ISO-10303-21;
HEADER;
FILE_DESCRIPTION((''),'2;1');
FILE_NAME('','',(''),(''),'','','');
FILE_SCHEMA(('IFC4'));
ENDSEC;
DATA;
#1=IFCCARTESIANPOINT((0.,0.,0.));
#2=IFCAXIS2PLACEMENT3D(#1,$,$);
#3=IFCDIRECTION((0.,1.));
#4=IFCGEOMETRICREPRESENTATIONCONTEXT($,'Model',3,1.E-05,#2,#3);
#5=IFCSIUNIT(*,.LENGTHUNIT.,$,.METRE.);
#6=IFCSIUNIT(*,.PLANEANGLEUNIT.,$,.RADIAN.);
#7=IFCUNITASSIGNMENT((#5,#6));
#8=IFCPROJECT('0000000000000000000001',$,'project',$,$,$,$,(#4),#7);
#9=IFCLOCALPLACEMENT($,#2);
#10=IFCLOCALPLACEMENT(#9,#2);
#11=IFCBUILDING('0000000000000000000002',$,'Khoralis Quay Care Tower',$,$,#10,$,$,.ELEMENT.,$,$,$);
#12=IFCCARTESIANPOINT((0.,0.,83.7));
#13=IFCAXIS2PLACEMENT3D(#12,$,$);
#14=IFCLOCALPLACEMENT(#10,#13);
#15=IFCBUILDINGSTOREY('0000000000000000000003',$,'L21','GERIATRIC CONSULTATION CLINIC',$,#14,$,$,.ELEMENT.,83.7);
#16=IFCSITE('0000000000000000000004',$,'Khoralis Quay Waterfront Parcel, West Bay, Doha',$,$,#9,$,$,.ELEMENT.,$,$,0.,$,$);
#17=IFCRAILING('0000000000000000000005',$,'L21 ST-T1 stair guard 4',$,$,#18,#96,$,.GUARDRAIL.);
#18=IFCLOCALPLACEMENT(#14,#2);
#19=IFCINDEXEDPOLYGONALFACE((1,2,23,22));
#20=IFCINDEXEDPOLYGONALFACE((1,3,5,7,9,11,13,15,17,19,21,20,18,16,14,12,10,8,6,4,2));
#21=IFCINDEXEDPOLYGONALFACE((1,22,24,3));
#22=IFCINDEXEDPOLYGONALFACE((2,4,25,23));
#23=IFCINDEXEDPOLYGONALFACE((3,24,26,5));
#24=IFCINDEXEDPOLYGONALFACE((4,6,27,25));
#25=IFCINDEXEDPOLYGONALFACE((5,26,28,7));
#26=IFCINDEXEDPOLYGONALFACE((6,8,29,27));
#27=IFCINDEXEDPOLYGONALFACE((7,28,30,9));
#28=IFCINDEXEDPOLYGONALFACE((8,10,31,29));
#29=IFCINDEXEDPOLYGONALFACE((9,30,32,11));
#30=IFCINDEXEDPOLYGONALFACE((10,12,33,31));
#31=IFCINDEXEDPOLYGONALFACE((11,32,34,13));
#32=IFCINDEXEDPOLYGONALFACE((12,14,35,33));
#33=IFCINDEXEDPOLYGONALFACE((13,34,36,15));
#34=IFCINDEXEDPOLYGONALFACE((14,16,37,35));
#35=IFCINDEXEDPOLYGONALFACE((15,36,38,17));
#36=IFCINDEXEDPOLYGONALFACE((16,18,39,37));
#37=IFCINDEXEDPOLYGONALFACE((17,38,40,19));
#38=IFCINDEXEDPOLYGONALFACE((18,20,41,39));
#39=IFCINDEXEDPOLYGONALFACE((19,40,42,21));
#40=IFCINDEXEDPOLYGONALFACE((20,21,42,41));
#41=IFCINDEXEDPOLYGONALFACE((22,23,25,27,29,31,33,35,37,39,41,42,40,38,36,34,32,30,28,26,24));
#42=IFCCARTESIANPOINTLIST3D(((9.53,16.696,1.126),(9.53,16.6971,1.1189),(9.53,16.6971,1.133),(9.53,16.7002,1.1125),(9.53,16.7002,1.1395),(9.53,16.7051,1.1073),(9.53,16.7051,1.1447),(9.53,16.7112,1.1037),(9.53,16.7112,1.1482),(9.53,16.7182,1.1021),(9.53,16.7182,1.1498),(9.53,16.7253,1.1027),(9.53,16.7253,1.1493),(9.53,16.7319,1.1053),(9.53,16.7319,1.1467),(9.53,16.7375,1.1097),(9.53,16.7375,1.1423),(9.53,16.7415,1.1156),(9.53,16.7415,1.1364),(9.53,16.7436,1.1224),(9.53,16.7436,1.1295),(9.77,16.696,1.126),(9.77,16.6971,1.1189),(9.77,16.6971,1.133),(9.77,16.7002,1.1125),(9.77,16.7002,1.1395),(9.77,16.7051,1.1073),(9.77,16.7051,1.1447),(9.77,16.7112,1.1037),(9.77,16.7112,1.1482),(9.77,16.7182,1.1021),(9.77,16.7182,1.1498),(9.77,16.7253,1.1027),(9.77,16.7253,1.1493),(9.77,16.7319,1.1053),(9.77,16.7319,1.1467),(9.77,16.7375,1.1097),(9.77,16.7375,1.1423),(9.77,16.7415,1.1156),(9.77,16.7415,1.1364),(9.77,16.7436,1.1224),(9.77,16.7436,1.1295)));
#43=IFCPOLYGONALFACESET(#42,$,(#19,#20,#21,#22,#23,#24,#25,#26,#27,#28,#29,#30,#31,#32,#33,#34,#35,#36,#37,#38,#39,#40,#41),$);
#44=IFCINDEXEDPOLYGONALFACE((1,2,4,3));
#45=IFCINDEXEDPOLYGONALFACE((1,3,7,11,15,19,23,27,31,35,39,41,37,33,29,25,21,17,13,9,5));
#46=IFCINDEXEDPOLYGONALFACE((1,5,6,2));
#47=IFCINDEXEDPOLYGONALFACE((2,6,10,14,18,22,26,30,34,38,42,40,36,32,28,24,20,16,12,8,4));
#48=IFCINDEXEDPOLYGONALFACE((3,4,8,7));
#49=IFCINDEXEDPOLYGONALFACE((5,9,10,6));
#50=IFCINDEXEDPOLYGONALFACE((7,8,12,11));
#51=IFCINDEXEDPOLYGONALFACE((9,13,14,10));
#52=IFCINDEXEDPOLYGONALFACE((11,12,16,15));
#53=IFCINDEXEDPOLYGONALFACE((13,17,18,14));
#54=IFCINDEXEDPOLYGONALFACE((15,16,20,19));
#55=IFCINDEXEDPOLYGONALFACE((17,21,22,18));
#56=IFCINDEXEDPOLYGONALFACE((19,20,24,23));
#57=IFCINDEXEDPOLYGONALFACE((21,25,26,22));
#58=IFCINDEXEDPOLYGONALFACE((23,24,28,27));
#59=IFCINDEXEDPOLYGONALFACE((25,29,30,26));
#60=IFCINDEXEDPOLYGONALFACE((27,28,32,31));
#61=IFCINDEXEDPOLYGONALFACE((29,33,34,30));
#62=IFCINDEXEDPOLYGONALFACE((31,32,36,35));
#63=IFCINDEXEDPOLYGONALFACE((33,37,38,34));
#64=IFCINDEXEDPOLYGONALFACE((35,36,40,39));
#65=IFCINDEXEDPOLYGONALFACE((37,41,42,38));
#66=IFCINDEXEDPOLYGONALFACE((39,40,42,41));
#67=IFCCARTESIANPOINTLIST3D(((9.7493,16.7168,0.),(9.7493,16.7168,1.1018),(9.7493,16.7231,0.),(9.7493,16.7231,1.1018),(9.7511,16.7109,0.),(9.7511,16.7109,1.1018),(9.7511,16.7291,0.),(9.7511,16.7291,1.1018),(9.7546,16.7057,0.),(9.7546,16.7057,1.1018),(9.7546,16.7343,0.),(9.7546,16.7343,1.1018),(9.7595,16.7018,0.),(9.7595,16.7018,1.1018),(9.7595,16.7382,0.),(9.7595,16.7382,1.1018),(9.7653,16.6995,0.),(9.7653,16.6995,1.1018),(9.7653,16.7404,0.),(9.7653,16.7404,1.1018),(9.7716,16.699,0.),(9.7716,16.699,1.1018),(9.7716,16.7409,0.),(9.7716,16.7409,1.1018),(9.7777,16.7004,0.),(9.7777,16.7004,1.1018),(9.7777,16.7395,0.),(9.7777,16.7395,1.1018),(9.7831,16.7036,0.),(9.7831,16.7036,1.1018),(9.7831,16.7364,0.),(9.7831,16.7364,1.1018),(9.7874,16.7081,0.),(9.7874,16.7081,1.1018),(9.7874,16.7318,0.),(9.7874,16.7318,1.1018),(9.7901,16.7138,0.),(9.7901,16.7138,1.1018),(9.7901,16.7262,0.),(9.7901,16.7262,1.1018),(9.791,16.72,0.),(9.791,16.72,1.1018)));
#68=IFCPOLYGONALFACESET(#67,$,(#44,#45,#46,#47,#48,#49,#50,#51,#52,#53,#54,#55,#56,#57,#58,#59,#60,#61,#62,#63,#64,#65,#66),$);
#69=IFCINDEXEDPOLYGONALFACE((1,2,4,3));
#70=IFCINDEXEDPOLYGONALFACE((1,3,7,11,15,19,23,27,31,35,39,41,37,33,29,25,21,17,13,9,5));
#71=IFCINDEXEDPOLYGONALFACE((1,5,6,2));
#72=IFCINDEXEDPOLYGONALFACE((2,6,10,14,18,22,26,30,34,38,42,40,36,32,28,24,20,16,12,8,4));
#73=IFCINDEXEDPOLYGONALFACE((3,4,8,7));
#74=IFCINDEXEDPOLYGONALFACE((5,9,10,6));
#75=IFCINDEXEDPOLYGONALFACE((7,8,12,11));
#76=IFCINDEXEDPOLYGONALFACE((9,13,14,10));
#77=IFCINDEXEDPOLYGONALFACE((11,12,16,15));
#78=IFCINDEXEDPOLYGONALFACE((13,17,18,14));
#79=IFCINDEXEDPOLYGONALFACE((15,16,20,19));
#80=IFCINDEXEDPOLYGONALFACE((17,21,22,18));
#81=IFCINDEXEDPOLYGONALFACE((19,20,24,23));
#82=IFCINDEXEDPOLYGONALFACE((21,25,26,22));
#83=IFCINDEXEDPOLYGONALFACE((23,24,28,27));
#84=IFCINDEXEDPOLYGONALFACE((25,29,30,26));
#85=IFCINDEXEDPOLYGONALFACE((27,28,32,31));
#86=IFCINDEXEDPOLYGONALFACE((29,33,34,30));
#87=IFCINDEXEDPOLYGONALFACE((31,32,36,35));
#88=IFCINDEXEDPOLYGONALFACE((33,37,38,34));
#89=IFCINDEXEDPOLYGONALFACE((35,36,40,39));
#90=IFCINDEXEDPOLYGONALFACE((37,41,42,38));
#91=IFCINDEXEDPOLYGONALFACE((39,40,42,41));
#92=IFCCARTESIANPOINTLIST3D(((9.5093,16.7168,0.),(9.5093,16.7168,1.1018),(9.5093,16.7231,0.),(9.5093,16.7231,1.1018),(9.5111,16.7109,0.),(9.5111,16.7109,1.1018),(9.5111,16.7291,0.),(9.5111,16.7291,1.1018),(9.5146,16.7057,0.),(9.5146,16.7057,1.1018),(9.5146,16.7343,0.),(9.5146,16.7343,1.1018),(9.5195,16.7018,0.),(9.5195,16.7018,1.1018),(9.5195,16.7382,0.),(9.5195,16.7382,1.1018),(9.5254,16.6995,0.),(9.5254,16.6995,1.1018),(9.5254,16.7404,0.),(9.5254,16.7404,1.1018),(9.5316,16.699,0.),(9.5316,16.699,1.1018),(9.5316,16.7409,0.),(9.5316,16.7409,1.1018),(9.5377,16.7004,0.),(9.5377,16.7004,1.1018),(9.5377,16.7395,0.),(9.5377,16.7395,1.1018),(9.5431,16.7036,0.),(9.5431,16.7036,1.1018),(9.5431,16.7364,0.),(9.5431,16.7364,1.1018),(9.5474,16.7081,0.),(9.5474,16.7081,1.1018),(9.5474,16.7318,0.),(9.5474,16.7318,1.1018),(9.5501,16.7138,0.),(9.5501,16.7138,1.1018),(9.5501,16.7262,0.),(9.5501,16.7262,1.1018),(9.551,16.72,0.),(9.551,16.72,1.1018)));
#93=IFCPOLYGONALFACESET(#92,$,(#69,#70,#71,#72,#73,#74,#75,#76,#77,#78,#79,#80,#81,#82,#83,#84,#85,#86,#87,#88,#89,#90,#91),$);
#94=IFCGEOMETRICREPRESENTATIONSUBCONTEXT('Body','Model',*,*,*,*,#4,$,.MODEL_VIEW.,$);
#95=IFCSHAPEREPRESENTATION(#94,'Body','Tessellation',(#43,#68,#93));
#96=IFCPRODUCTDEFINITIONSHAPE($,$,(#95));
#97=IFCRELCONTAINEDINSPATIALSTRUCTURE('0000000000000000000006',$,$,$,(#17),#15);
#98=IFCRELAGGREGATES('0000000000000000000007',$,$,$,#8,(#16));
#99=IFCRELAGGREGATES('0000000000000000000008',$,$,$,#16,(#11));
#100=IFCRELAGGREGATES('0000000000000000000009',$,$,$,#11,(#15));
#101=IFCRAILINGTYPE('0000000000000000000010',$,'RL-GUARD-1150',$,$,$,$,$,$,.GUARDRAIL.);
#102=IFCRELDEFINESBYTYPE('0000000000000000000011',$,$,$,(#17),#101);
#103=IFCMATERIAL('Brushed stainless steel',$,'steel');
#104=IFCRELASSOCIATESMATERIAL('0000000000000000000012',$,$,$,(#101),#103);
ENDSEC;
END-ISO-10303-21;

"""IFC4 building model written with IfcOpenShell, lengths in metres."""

from ifc_helpers import new_model, si_unit, direction, frame, origin, origin_2d, place, context, subcontext, project, spatial, circle, extrude, material, type_object, element, save


model = new_model("IFC4")

# Units and contexts
model_context = context("Model", 3, precision=1e-05, world=origin(), true_north=direction((0.0, 1.0)))
body_context = subcontext(model_context, "Body", "Model", "MODEL_VIEW")
ifc_project = project(units=[si_unit("LENGTHUNIT", "METRE"), si_unit("PLANEANGLEUNIT", "RADIAN")], contexts=[model_context])

# Site, building, storey
site_placement = place(None, origin())
site = spatial("IfcSite", under=ifc_project, at=site_placement, Name="Khoralis Quay Waterfront Parcel, West Bay, Doha", CompositionType="ELEMENT", RefElevation=0.0)
building_placement = place(site_placement, origin())
building = spatial("IfcBuilding", under=site, at=building_placement, Name="Khoralis Quay Care Tower", CompositionType="ELEMENT")
storey_placement = place(building_placement, frame((0.0, 0.0, 83.7)))
storey = spatial("IfcBuildingStorey", under=building, at=storey_placement, Name="L21", Description="GERIATRIC CONSULTATION CLINIC", CompositionType="ELEMENT", Elevation=83.7)

# Shared definitions
ifc_material_1 = material(Name="Brushed stainless steel", Category="steel")

# Railing
railing_type = type_object("IfcRailingType", Name="RL-GUARD-1150", PredefinedType="GUARDRAIL", material=ifc_material_1)
railing_1_placement = place(storey_placement, frame((9.77, 16.72, 0.0)))
element("IfcRailing", 1, at=railing_1_placement, inside=storey, type_object=railing_type, Name="L21 ST-T1 stair guard 4", PredefinedType="GUARDRAIL", context=body_context, shape_type="SweptSolid", body=[
    extrude(circle(Radius=0.0239, at=origin_2d()), frame((0.0, 0.0, 1.126), z_axis=(-1.0, 0.0, 0.0), x_axis=(0.0, -1.0, 0.0)), (0.0, 0.0, 1.0), 0.24),
    extrude(circle(Radius=0.021, at=origin_2d()), origin(), (0.0, 0.0, 1.0), 1.1018),
    extrude(circle(Radius=0.021, at=origin_2d()), frame((-0.24, 0.0, 0.0)), (0.0, 0.0, 1.0), 1.1018),
])

save(model, "model.ifc")
